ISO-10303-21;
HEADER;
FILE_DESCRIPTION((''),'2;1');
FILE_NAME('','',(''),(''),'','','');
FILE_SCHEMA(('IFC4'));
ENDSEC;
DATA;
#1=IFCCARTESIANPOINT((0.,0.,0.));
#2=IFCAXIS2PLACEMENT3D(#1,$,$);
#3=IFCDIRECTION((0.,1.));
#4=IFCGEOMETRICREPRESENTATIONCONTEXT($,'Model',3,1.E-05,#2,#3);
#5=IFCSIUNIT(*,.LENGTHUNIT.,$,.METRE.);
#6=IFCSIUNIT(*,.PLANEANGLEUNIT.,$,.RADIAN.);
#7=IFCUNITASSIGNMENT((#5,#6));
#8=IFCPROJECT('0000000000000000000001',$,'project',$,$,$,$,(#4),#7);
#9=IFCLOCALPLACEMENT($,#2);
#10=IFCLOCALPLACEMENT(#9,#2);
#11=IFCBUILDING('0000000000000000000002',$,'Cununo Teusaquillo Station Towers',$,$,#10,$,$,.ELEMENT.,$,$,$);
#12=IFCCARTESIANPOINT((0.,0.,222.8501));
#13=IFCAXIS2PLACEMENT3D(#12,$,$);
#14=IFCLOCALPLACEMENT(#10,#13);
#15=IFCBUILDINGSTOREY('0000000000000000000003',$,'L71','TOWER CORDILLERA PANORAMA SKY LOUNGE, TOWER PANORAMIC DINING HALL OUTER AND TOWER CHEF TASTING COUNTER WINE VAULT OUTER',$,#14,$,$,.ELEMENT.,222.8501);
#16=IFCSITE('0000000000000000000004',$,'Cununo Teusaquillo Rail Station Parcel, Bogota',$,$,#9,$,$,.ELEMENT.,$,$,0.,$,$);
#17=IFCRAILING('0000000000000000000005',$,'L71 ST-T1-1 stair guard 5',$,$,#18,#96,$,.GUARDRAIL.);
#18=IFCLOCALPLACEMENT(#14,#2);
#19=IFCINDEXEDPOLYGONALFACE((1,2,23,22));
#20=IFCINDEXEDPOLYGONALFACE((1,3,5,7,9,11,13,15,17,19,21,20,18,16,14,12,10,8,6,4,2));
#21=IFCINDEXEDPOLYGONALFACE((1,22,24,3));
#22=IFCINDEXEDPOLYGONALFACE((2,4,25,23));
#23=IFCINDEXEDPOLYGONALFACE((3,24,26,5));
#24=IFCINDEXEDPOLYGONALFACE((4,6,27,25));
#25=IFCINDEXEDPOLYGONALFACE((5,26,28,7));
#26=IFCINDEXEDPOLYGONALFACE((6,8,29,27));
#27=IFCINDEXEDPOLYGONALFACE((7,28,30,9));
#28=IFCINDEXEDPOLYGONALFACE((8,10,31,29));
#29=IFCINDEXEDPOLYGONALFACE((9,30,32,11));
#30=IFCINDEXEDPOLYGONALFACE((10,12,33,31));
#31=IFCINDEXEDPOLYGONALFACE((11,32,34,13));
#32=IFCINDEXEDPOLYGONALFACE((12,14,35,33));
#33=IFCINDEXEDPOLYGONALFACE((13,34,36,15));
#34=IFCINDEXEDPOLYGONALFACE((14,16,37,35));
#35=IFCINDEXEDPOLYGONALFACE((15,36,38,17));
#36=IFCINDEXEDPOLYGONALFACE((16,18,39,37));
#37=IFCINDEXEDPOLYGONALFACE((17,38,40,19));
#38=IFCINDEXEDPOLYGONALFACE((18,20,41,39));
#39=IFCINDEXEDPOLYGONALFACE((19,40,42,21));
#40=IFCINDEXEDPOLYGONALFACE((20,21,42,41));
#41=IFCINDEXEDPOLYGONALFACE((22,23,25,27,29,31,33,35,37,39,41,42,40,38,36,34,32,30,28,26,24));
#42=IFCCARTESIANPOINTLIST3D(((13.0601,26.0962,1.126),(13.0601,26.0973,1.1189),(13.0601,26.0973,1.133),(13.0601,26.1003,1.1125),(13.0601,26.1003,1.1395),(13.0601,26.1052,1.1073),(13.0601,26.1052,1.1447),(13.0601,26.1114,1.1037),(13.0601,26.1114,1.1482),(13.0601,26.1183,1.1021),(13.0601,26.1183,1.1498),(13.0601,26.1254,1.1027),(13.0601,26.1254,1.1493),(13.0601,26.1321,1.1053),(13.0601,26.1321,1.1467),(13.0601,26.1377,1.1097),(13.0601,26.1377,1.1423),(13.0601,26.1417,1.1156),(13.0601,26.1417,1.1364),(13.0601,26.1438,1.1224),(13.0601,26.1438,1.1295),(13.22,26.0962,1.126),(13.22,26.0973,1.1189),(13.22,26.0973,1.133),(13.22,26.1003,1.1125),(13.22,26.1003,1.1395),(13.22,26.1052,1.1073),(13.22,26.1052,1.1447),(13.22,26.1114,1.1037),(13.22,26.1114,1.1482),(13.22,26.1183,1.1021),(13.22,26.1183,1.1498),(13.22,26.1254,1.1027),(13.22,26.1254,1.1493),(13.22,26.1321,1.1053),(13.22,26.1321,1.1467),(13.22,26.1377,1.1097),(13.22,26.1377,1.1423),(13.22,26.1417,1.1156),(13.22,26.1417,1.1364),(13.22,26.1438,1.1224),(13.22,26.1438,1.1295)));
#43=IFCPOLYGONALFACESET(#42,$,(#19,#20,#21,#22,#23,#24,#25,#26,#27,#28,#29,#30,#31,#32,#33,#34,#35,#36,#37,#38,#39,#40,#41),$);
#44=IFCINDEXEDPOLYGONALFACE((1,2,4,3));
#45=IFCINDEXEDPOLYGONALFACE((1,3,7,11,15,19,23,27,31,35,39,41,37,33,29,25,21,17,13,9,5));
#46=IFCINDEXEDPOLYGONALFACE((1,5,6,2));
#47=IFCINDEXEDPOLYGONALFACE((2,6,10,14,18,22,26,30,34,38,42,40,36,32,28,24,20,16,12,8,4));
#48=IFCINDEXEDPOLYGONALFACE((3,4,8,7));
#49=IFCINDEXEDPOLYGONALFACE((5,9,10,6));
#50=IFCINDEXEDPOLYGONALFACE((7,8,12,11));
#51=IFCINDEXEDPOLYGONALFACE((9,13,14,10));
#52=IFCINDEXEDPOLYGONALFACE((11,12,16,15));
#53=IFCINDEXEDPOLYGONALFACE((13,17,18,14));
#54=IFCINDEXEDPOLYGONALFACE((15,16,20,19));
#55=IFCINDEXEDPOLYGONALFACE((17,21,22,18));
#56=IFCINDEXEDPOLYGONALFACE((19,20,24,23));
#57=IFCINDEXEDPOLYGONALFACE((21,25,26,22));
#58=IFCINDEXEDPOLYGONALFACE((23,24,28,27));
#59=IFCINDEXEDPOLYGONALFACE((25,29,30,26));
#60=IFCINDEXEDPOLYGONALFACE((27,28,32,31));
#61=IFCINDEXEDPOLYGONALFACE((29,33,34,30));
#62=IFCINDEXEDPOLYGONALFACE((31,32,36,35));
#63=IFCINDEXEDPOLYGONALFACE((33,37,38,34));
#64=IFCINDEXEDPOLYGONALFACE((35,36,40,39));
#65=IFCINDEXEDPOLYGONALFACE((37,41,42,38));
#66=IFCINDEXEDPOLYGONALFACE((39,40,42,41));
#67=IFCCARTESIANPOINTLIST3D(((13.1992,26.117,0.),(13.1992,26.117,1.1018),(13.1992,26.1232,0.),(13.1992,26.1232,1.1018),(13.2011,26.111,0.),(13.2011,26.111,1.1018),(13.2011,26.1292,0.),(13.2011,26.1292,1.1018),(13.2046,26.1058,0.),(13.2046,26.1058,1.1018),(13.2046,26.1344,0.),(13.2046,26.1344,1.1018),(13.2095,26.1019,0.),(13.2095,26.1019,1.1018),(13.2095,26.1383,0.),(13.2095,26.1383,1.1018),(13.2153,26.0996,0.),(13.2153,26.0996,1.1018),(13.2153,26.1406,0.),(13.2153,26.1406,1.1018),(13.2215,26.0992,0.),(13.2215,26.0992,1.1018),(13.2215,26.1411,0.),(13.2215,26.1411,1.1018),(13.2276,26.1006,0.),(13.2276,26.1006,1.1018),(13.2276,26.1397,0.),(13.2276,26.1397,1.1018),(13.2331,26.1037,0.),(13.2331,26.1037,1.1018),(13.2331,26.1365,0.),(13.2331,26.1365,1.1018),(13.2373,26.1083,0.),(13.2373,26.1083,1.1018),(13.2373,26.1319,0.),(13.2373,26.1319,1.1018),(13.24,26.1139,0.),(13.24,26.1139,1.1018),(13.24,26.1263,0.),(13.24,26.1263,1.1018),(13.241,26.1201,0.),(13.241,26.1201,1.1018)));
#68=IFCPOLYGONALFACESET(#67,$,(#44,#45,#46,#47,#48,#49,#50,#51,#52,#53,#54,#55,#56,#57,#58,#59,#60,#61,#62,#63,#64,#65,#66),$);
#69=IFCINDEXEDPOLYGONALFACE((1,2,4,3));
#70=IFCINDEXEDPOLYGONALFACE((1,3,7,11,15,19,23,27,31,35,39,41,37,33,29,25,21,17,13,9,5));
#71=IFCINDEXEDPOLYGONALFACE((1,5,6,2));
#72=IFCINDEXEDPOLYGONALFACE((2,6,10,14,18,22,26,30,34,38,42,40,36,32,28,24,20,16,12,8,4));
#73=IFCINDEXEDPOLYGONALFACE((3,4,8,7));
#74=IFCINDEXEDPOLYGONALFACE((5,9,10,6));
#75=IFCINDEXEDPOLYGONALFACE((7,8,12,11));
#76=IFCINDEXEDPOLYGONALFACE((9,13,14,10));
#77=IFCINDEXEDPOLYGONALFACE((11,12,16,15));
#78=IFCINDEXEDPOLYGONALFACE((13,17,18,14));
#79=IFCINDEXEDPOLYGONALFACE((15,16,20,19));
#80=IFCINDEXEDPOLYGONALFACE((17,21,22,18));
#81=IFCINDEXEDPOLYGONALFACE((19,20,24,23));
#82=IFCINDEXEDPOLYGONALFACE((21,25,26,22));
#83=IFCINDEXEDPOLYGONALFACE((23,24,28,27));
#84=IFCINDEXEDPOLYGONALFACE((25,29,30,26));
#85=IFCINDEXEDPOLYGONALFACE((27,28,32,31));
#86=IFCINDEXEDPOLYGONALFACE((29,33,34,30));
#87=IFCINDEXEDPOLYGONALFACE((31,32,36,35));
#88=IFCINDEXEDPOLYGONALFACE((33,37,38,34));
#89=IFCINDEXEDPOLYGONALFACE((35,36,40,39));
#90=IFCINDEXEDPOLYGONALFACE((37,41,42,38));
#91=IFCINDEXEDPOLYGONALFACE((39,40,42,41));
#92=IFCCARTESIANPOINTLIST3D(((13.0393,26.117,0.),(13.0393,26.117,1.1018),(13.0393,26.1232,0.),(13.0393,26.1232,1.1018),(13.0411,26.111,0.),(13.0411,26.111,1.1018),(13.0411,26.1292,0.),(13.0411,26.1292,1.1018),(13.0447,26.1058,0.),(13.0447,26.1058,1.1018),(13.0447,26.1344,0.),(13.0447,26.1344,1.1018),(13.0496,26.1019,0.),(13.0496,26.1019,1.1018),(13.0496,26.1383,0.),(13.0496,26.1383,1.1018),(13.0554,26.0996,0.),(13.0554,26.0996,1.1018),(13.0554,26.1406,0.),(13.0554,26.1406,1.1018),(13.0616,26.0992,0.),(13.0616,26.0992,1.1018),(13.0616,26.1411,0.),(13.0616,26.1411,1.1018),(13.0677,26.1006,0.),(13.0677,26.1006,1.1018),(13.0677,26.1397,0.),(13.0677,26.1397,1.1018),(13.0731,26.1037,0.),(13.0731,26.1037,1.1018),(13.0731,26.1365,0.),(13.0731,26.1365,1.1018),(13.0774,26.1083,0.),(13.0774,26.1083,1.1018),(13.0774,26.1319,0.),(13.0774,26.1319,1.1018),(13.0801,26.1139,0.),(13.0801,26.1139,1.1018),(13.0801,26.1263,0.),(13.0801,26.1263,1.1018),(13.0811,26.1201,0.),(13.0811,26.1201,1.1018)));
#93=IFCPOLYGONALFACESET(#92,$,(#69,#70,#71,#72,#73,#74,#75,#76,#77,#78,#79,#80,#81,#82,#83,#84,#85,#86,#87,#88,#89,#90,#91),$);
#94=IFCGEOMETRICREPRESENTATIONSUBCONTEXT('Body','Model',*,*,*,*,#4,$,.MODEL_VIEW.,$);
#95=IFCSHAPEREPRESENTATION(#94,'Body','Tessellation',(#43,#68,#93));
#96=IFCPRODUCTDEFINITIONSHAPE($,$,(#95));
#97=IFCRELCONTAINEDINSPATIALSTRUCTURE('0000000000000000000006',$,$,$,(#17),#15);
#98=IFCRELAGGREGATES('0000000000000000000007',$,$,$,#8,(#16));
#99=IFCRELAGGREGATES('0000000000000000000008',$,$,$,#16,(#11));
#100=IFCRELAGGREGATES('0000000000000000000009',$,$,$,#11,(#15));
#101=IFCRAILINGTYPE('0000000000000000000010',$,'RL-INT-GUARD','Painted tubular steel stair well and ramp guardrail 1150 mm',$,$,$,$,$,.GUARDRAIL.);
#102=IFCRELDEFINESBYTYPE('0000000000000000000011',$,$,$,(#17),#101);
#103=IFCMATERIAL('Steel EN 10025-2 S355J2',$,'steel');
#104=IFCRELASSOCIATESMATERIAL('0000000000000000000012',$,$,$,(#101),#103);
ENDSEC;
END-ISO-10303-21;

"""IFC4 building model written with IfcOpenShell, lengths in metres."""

from ifc_helpers import new_model, si_unit, direction, frame, origin, origin_2d, place, context, subcontext, project, spatial, circle, extrude, material, type_object, element, save


model = new_model("IFC4")

# Units and contexts
model_context = context("Model", 3, precision=1e-05, world=origin(), true_north=direction((0.0, 1.0)))
body_context = subcontext(model_context, "Body", "Model", "MODEL_VIEW")
ifc_project = project(units=[si_unit("LENGTHUNIT", "METRE"), si_unit("PLANEANGLEUNIT", "RADIAN")], contexts=[model_context])

# Site, building, storey
site_placement = place(None, origin())
site = spatial("IfcSite", under=ifc_project, at=site_placement, Name="Cununo Teusaquillo Rail Station Parcel, Bogota", CompositionType="ELEMENT", RefElevation=0.0)
building_placement = place(site_placement, origin())
building = spatial("IfcBuilding", under=site, at=building_placement, Name="Cununo Teusaquillo Station Towers", CompositionType="ELEMENT")
storey_placement = place(building_placement, frame((0.0, 0.0, 222.8501)))
storey = spatial("IfcBuildingStorey", under=building, at=storey_placement, Name="L71", Description="TOWER CORDILLERA PANORAMA SKY LOUNGE, TOWER PANORAMIC DINING HALL OUTER AND TOWER CHEF TASTING COUNTER WINE VAULT OUTER", CompositionType="ELEMENT", Elevation=222.8501)

# Railing
ifc_material_1 = material(Name="Steel EN 10025-2 S355J2", Category="steel")
railing_type_1 = type_object("IfcRailingType", Name="RL-INT-GUARD", Description="Painted tubular steel stair well and ramp guardrail 1150 mm", PredefinedType="GUARDRAIL", material=ifc_material_1)
railing_1_placement = place(storey_placement, frame((13.22, 26.1201, 0.0)))
element("IfcRailing", 1, at=railing_1_placement, inside=storey, type_object=railing_type_1, Name="L71 ST-T1-1 stair guard 5", PredefinedType="GUARDRAIL", context=body_context, shape_type="SweptSolid", body=[
    extrude(circle(Radius=0.0239, at=origin_2d()), frame((0.0, 0.0, 1.126), z_axis=(-1.0, 0.0, 0.0), x_axis=(0.0, -1.0, 0.0)), (0.0, 0.0, 1.0), 0.1599),
    extrude(circle(Radius=0.021, at=origin_2d()), origin(), (0.0, 0.0, 1.0), 1.1018),
    extrude(circle(Radius=0.021, at=origin_2d()), frame((-0.1599, 0.0, 0.0)), (0.0, 0.0, 1.0), 1.1018),
])

save(model, "model.ifc")
